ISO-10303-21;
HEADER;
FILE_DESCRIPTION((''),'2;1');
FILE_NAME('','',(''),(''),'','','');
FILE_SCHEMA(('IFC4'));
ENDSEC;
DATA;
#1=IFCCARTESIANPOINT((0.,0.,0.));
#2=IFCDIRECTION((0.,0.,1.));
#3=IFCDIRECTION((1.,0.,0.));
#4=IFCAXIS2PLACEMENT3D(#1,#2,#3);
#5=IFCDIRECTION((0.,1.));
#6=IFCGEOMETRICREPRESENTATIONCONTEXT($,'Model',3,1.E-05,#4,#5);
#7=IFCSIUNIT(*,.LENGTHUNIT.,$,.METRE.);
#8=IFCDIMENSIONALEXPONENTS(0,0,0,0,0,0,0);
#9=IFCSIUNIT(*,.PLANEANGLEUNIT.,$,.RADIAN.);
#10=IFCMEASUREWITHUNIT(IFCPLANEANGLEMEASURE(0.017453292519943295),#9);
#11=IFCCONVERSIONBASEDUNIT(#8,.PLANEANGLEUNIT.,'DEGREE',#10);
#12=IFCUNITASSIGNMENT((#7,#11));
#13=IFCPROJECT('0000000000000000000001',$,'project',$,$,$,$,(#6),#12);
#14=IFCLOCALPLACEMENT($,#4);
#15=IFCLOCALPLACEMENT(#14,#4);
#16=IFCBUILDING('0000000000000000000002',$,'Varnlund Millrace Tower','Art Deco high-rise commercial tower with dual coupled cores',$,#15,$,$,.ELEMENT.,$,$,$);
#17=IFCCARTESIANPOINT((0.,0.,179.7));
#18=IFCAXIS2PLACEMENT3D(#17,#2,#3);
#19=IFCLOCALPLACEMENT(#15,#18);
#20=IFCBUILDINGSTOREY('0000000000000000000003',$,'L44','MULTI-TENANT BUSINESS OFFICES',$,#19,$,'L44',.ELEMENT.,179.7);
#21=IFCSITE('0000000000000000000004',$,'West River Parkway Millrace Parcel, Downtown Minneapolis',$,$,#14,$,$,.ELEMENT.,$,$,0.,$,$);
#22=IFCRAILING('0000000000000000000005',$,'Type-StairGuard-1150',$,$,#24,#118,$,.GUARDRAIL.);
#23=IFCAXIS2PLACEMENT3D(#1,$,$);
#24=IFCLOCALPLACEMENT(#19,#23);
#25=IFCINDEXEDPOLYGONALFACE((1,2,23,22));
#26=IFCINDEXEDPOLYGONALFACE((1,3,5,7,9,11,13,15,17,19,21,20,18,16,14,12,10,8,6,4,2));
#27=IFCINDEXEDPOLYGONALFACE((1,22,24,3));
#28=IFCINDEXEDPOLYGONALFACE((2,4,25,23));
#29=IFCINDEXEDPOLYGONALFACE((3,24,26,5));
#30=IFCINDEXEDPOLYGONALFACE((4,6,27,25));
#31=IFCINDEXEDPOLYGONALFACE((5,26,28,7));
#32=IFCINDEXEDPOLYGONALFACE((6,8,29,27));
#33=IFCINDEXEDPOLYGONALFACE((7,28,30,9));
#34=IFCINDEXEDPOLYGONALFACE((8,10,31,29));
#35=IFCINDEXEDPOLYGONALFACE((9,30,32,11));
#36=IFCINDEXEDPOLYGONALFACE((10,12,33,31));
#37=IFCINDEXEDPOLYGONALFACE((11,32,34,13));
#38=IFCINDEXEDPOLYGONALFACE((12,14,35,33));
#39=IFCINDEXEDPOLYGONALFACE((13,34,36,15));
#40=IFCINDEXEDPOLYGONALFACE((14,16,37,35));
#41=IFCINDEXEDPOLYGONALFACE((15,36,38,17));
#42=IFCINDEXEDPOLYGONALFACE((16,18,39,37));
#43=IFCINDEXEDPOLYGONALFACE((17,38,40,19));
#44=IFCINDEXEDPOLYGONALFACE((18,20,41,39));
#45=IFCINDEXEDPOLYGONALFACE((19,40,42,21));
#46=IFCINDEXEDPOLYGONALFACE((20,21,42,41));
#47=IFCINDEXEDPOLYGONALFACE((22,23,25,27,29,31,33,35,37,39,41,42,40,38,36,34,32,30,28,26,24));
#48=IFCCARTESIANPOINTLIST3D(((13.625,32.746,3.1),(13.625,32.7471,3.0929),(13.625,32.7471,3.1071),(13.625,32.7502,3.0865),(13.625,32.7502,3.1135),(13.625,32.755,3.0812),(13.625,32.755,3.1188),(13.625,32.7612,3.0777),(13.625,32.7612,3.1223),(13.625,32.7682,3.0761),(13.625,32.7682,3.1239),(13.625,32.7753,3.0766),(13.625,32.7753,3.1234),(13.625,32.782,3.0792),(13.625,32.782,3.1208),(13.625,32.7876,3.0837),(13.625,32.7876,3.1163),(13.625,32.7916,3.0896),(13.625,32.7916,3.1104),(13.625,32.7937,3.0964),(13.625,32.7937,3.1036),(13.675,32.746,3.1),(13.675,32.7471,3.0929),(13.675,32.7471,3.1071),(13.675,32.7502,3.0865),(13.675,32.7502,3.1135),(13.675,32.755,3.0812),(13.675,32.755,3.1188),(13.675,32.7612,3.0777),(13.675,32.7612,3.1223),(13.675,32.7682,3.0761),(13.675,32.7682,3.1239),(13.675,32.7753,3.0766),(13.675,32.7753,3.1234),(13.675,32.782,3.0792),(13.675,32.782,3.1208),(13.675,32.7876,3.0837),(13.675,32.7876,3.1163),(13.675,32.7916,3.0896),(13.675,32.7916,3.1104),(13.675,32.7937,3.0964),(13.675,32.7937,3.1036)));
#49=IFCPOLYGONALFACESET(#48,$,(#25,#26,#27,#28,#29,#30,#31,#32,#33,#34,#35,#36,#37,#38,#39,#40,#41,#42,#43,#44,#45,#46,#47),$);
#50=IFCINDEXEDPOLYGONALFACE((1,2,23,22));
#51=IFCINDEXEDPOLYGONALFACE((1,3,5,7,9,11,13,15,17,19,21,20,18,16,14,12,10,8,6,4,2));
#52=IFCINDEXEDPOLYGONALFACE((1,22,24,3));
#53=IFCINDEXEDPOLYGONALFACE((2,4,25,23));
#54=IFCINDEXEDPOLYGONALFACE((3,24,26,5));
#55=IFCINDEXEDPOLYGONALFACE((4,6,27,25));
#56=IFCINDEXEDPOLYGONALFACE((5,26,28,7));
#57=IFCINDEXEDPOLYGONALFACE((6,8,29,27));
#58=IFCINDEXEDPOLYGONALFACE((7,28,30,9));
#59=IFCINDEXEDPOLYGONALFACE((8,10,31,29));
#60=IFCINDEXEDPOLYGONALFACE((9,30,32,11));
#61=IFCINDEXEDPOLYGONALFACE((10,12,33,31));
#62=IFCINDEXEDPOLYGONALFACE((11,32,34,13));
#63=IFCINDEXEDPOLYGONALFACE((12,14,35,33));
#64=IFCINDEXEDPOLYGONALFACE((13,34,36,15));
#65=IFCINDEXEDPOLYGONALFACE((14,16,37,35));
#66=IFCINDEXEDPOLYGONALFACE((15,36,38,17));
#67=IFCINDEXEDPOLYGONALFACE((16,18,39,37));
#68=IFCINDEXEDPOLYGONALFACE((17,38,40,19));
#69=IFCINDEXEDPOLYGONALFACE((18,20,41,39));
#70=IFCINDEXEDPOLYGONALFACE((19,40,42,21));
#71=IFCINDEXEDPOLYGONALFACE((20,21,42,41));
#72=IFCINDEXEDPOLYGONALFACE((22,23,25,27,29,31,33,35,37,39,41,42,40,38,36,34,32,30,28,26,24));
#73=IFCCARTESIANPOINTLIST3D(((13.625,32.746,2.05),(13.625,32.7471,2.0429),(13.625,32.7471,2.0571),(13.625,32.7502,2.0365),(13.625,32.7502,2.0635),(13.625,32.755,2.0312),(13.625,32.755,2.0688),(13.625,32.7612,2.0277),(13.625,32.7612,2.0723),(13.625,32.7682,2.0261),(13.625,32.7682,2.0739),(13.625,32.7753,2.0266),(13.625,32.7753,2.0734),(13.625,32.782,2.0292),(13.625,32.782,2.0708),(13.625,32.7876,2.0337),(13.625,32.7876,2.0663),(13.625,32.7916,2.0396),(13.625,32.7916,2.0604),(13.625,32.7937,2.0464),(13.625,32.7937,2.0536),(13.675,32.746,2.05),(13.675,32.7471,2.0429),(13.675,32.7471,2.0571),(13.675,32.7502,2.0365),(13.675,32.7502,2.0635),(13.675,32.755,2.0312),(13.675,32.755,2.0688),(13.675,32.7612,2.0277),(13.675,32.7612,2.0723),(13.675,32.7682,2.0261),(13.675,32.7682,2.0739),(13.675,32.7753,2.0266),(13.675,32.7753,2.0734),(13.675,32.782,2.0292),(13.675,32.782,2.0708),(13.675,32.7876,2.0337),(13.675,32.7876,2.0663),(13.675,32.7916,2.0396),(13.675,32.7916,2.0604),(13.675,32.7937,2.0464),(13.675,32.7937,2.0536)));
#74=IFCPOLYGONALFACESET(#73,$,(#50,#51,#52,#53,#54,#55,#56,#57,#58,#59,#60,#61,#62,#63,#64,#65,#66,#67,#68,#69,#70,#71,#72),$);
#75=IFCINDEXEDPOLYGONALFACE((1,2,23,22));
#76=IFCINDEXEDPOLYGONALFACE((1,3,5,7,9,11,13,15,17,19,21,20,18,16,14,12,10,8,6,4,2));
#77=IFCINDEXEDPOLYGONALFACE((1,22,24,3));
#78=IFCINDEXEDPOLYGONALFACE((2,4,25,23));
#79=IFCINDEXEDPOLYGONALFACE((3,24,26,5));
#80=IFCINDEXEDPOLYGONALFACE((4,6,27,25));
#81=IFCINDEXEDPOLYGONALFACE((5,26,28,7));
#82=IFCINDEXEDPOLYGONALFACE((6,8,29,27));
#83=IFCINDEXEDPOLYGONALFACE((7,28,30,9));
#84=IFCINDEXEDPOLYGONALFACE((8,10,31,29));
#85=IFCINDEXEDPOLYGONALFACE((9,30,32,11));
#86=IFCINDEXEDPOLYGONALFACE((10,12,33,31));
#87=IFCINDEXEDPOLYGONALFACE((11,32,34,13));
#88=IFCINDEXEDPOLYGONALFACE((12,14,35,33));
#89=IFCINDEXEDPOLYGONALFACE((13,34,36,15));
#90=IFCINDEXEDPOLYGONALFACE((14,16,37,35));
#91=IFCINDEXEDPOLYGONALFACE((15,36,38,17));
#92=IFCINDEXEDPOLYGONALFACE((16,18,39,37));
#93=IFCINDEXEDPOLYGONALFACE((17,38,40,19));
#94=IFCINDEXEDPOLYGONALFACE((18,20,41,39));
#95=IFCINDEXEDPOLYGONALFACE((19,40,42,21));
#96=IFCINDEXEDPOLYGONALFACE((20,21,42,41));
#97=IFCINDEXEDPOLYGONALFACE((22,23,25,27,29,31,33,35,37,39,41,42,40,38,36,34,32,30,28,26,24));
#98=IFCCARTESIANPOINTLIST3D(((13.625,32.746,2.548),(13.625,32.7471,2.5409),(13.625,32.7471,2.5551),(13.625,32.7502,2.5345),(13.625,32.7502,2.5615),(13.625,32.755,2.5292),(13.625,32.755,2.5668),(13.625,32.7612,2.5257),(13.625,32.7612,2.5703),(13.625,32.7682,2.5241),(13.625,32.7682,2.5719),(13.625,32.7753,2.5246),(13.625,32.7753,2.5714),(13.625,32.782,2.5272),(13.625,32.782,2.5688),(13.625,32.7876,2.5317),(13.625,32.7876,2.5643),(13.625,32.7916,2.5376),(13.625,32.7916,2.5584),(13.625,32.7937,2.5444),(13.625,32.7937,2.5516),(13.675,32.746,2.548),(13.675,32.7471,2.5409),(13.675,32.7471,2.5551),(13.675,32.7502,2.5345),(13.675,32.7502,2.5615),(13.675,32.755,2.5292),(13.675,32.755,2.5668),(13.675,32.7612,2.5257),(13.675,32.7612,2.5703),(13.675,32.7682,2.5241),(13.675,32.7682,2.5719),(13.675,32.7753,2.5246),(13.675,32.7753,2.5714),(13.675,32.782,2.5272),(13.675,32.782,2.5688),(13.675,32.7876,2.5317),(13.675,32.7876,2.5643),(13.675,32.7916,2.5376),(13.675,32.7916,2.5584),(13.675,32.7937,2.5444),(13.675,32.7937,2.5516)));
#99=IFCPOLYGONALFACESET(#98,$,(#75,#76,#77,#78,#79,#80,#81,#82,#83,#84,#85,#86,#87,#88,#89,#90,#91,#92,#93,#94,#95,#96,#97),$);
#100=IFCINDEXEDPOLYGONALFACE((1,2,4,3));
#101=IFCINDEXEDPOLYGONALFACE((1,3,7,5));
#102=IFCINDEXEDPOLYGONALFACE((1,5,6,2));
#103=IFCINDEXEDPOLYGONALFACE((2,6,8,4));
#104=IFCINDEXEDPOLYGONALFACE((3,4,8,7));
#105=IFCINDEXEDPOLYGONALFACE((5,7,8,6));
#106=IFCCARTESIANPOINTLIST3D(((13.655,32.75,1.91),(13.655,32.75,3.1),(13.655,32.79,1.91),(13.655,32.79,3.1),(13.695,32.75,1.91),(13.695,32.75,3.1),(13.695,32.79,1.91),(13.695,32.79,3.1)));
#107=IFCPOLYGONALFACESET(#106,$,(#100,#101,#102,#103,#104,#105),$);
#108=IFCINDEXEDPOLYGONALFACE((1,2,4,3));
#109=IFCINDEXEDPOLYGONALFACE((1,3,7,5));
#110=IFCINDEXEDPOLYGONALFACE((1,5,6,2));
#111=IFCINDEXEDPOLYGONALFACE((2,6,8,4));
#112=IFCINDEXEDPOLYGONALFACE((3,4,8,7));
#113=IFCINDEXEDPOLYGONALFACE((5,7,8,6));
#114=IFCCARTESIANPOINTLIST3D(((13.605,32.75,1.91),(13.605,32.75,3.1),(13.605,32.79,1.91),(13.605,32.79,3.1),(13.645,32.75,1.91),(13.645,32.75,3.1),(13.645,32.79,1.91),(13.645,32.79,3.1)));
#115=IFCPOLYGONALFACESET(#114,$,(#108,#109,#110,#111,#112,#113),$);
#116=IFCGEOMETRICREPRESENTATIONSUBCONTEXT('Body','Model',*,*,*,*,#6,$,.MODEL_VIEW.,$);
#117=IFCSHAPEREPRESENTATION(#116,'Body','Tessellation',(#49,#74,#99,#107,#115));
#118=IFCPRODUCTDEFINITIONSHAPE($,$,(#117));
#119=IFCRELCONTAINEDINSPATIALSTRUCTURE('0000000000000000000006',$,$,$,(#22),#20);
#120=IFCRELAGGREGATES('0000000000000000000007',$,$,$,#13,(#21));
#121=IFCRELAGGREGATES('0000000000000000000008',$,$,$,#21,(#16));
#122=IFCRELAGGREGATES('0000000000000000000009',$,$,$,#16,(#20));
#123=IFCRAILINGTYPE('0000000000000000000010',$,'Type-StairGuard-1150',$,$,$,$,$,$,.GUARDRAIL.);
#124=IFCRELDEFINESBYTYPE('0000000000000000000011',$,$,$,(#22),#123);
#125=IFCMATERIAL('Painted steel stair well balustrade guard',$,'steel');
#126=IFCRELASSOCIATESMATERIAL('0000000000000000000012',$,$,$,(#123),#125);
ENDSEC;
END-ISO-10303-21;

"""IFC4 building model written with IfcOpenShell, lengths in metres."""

from ifc_helpers import new_model, entity, si_unit, converted_unit, direction, frame, origin_with_axes, origin_2d_with_axis, place, context, subcontext, project, spatial, rectangle, circle, extrude, material, type_object, element, save


model = new_model("IFC4")

# Units and contexts
model_context = context("Model", 3, precision=1e-05, world=origin_with_axes(), true_north=direction((0.0, 1.0)))
body_context = subcontext(model_context, "Body", "Model", "MODEL_VIEW")
ifc_project = project(units=[si_unit("LENGTHUNIT", "METRE"), converted_unit("PLANEANGLEUNIT", "DEGREE", entity("IfcPlaneAngleMeasure", 0.017453292519943295), si_unit("PLANEANGLEUNIT", "RADIAN"), dimensions=[0, 0, 0, 0, 0, 0, 0])], contexts=[model_context])

# Site, building, storey
site_placement = place(None, origin_with_axes())
site = spatial("IfcSite", under=ifc_project, at=site_placement, Name="West River Parkway Millrace Parcel, Downtown Minneapolis", CompositionType="ELEMENT", RefElevation=0.0)
building_placement = place(site_placement, origin_with_axes())
building = spatial("IfcBuilding", under=site, at=building_placement, Name="Varnlund Millrace Tower", Description="Art Deco high-rise commercial tower with dual coupled cores", CompositionType="ELEMENT")
storey_placement = place(building_placement, frame((0.0, 0.0, 179.7), z_axis=(0.0, 0.0, 1.0), x_axis=(1.0, 0.0, 0.0)))
storey = spatial("IfcBuildingStorey", under=building, at=storey_placement, Name="L44", Description="MULTI-TENANT BUSINESS OFFICES", LongName="L44", CompositionType="ELEMENT", Elevation=179.7)

# Railing
ifc_material_1 = material(Name="Painted steel stair well balustrade guard", Category="steel")
railing_type_1 = type_object("IfcRailingType", Name="Type-StairGuard-1150", PredefinedType="GUARDRAIL", material=ifc_material_1)
railing_1_placement = place(storey_placement, frame((0.0, 0.0, -179.7), z_axis=(0.0, 0.0, 1.0), x_axis=(1.0, 0.0, 0.0)))
element("IfcRailing", 1, at=railing_1_placement, inside=storey, type_object=railing_type_1, Name="Type-StairGuard-1150", PredefinedType="GUARDRAIL", context=body_context, shape_type="SweptSolid", body=[
    extrude(circle(Radius=0.024, at=origin_2d_with_axis()), frame((13.675, 32.77, 182.8), z_axis=(-1.0, 0.0, 0.0), x_axis=(0.0, -1.0, 0.0)), (0.0, 0.0, 1.0), 0.05),
    extrude(circle(Radius=0.024, at=origin_2d_with_axis()), frame((13.675, 32.77, 181.75), z_axis=(-1.0, 0.0, 0.0), x_axis=(0.0, -1.0, 0.0)), (0.0, 0.0, 1.0), 0.05),
    extrude(circle(Radius=0.024, at=origin_2d_with_axis()), frame((13.675, 32.77, 182.248), z_axis=(-1.0, 0.0, 0.0), x_axis=(0.0, -1.0, 0.0)), (0.0, 0.0, 1.0), 0.05),
    extrude(rectangle(XDim=0.04, YDim=0.04, at=origin_2d_with_axis()), frame((13.675, 32.77, 181.61), z_axis=(0.0, 0.0, 1.0), x_axis=(1.0, 0.0, 0.0)), (0.0, 0.0, 1.0), 1.19),
    extrude(rectangle(XDim=0.04, YDim=0.04, at=origin_2d_with_axis()), frame((13.625, 32.77, 181.61), z_axis=(0.0, 0.0, 1.0), x_axis=(1.0, 0.0, 0.0)), (0.0, 0.0, 1.0), 1.19),
])

save(model, "model.ifc")
